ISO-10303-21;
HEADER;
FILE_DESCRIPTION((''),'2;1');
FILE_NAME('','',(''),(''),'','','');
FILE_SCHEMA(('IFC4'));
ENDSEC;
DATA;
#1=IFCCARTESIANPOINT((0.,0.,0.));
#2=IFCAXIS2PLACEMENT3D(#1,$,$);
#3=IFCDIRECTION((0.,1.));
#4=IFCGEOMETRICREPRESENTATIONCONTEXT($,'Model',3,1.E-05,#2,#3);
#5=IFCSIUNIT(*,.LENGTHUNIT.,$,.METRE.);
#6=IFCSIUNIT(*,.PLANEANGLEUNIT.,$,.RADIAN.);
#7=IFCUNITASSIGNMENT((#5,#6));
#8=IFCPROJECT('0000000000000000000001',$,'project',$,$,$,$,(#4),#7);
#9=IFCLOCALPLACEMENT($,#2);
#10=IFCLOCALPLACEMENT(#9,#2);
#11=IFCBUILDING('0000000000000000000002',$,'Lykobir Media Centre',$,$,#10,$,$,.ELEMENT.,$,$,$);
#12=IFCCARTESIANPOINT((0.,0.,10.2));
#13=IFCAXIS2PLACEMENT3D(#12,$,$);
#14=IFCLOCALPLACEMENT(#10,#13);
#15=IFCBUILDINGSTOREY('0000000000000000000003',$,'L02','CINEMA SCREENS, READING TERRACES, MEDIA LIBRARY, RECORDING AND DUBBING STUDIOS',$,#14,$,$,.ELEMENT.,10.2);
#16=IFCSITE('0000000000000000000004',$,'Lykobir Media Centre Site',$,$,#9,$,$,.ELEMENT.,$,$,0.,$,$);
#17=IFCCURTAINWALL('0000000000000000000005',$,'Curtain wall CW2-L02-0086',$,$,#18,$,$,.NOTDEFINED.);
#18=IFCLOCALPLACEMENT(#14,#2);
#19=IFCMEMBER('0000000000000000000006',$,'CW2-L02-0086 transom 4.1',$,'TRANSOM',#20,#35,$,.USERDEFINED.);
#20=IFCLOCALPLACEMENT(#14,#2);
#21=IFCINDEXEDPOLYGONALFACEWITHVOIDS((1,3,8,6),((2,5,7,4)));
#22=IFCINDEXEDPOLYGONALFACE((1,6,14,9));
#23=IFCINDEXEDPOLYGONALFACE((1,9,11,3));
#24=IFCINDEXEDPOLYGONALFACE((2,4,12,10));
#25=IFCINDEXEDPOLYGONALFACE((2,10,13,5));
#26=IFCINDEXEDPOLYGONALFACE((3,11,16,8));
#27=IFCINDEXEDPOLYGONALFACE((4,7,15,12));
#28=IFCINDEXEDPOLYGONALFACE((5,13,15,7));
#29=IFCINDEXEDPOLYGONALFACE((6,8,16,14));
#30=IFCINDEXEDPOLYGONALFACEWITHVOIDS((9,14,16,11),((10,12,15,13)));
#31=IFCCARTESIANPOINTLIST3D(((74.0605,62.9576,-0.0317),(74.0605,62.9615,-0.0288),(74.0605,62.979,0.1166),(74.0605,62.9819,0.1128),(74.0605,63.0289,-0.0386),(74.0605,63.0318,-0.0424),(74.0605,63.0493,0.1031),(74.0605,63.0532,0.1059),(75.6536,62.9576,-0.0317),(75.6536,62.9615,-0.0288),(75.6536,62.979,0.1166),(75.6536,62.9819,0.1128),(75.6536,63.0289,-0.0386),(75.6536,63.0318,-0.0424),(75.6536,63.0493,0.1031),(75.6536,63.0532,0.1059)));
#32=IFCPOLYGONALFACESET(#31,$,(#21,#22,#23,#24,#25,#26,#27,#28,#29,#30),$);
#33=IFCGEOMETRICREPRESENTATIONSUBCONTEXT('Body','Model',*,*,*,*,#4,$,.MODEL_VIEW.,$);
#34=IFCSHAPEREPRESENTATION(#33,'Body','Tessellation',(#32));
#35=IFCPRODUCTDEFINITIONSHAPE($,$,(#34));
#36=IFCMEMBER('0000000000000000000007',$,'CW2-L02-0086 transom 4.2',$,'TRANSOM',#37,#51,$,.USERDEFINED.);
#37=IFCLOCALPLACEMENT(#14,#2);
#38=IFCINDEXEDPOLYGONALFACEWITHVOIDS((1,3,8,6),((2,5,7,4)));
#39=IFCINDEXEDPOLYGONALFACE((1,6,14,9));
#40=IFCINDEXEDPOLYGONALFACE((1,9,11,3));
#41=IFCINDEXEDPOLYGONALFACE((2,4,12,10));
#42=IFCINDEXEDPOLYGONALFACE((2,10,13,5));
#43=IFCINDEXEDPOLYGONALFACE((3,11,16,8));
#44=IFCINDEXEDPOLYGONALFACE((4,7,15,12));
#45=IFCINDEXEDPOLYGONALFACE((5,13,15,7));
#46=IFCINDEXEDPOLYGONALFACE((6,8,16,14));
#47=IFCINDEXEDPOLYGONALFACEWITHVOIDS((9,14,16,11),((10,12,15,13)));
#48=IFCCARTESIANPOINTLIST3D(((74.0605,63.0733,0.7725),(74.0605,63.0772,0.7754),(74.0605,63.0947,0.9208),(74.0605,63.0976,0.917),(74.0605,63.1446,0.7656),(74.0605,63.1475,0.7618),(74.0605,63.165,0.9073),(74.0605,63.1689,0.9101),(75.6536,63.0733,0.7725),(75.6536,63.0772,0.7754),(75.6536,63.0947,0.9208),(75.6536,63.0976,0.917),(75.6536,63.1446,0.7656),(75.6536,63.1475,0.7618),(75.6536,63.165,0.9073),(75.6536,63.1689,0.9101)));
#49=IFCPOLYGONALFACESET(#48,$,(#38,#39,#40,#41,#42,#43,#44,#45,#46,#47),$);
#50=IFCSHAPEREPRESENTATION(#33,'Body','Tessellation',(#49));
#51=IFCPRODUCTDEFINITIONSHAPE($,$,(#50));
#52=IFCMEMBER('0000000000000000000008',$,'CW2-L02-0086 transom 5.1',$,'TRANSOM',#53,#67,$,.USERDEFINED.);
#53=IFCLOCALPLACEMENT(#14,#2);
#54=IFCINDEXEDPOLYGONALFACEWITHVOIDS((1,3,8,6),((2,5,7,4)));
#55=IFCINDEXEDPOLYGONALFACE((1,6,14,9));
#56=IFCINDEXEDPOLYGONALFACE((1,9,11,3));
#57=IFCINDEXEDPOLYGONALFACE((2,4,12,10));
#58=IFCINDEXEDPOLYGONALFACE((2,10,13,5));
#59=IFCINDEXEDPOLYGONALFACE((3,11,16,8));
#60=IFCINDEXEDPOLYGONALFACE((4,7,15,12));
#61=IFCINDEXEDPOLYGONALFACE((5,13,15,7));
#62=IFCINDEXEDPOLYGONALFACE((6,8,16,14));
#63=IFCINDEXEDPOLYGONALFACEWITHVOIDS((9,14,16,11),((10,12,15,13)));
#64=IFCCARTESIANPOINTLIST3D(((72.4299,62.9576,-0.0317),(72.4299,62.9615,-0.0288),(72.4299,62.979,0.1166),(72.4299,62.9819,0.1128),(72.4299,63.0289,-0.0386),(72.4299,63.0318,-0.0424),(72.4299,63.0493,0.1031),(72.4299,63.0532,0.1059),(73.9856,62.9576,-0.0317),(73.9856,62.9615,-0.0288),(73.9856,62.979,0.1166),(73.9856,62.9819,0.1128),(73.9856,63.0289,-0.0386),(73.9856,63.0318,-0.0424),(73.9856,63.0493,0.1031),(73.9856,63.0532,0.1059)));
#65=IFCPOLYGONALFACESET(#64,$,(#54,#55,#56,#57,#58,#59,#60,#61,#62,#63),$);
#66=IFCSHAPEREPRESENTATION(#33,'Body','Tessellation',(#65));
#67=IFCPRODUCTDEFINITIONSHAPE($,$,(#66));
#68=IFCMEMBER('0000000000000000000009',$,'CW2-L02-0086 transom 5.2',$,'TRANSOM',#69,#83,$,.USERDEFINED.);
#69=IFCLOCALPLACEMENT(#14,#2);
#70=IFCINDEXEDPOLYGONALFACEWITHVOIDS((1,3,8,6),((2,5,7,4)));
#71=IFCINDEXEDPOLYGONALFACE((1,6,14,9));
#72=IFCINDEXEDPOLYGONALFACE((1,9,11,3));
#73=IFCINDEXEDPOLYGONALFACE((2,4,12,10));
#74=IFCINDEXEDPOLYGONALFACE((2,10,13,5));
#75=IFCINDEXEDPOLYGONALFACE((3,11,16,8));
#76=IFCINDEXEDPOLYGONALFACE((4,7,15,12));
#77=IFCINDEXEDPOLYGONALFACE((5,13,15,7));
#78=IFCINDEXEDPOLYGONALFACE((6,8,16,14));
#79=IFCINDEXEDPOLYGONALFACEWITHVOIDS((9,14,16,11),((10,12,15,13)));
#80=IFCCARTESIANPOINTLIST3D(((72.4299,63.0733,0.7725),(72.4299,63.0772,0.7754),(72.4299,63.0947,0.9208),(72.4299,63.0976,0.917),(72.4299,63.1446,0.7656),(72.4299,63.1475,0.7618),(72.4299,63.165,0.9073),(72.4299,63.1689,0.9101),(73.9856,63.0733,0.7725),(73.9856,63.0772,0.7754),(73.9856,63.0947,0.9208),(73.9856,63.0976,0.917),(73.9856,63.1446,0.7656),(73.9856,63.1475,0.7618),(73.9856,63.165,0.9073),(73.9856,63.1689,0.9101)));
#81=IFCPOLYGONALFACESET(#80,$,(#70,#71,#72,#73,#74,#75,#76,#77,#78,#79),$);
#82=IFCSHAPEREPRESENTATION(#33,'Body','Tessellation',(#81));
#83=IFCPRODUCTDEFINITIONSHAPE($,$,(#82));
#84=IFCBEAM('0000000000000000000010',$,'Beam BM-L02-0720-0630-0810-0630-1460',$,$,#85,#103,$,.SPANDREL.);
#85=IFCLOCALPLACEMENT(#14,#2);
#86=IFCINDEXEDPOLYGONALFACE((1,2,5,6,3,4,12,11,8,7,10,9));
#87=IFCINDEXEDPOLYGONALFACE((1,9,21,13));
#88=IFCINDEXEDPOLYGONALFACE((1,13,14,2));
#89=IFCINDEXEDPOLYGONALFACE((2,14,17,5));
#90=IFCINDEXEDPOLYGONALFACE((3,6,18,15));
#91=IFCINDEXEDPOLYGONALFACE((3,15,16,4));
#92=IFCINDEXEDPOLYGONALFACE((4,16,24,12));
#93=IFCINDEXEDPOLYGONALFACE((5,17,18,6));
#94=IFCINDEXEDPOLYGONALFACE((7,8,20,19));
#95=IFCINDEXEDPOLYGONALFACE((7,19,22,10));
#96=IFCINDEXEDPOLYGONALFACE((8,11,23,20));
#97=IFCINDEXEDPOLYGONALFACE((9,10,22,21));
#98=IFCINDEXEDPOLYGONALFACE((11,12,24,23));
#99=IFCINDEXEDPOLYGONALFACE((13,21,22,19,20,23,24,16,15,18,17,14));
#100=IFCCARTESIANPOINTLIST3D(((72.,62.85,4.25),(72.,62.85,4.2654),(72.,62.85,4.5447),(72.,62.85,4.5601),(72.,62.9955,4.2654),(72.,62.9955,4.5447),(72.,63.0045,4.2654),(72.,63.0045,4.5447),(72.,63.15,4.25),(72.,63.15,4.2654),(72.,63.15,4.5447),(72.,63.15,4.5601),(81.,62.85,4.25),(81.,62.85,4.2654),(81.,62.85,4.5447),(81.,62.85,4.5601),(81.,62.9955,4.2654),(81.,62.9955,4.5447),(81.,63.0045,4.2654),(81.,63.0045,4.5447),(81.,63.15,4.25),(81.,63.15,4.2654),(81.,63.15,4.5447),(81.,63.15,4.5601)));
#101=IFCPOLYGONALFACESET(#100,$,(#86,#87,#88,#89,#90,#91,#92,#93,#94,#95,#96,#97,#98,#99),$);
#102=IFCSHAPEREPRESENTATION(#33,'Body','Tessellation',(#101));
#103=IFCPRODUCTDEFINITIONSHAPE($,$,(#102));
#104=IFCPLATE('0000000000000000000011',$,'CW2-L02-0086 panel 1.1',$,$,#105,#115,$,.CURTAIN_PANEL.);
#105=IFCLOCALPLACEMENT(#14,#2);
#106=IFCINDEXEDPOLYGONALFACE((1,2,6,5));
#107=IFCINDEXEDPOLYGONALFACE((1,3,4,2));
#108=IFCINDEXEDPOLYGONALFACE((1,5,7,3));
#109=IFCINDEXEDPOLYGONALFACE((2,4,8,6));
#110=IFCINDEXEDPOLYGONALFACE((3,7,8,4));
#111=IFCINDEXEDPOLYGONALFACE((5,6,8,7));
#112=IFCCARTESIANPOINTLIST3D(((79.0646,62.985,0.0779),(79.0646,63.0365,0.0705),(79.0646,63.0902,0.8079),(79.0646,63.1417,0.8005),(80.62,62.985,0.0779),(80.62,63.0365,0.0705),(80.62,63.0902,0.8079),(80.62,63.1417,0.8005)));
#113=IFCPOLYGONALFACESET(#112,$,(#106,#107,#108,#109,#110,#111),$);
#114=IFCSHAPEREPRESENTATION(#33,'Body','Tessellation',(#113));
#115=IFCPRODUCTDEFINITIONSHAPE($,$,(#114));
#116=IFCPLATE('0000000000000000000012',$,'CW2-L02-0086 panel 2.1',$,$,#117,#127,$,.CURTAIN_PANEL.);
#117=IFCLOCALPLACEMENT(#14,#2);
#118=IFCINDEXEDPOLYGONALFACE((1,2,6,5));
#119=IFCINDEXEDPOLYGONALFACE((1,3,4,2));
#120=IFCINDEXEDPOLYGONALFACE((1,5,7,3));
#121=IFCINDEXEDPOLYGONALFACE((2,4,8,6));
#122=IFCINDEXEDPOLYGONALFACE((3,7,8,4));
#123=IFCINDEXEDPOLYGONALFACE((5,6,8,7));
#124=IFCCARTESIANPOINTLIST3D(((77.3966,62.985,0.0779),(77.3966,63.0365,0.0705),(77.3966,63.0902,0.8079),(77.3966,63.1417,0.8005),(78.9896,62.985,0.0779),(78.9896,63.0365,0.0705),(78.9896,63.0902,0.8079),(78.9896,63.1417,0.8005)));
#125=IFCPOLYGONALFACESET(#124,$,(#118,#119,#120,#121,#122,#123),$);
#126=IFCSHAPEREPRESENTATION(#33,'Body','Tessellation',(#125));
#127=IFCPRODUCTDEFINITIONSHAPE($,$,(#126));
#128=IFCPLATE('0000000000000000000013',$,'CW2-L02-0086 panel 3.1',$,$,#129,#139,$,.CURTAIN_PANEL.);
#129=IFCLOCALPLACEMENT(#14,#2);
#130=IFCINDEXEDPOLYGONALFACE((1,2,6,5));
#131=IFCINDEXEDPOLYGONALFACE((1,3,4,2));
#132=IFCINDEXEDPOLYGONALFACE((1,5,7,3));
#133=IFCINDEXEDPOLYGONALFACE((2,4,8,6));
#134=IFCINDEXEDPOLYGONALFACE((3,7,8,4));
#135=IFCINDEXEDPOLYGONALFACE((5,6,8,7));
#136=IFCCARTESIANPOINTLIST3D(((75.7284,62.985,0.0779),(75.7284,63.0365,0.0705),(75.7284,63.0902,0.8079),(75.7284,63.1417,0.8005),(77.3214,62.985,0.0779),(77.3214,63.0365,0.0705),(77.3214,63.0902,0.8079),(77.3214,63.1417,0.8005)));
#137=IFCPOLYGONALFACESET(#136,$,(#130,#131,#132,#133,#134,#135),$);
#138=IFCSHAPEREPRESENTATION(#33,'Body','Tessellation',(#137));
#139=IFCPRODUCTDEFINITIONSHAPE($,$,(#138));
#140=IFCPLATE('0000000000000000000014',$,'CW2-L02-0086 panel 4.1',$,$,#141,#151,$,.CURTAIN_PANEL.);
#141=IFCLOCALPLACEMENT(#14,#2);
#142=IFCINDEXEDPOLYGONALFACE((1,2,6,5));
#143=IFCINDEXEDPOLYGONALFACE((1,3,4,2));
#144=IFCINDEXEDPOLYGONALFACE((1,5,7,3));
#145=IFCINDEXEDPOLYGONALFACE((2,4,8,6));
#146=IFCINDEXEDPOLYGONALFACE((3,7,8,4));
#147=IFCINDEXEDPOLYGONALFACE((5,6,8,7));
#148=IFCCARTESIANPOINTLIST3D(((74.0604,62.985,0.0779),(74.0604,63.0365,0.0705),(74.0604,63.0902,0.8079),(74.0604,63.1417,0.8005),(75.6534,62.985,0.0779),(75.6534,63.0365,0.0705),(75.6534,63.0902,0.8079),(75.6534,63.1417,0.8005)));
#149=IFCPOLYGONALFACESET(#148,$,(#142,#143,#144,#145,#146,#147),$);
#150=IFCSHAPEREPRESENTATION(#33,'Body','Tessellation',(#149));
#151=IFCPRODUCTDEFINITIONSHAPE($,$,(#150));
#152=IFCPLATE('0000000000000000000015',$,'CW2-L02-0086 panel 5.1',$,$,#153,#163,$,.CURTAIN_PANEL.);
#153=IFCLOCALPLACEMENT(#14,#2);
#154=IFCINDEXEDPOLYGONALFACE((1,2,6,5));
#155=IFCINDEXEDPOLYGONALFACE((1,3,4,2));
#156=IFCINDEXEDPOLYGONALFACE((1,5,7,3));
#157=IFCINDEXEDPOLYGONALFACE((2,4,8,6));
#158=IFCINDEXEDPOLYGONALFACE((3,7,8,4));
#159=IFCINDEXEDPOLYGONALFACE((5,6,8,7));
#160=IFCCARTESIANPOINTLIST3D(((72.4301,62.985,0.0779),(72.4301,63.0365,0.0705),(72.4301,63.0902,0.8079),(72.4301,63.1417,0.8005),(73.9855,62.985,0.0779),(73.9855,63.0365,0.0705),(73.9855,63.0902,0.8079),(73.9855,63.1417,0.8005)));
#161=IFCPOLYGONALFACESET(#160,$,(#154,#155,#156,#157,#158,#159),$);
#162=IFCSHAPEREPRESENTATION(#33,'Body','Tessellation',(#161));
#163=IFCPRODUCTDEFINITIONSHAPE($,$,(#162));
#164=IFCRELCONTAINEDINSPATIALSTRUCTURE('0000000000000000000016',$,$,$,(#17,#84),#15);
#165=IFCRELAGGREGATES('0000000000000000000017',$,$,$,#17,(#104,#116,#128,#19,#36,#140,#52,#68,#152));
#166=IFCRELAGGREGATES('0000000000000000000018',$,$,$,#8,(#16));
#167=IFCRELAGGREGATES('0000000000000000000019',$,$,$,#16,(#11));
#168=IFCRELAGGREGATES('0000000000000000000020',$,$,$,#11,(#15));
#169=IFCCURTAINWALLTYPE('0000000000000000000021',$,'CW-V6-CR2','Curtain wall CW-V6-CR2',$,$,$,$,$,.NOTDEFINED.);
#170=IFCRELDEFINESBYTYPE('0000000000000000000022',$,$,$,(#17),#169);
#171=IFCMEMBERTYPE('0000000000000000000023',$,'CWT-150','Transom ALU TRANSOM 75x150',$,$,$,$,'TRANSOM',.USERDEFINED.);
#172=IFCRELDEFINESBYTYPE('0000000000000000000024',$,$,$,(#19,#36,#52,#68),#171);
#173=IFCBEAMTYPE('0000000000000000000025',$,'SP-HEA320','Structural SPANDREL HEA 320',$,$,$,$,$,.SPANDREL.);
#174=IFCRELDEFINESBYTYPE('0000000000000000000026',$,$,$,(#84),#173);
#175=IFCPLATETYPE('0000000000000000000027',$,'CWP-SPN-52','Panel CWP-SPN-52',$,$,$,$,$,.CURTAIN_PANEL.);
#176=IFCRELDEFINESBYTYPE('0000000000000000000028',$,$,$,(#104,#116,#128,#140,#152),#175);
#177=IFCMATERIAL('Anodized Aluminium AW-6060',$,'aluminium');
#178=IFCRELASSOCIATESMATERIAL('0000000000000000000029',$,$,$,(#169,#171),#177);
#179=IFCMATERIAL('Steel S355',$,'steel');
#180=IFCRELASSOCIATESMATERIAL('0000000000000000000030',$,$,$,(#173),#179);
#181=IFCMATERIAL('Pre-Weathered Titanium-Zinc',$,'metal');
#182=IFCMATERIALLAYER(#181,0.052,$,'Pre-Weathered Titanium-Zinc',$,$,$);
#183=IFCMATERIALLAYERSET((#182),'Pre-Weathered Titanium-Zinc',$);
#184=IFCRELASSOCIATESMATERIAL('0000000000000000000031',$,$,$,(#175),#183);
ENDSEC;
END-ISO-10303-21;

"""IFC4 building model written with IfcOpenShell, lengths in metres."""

from ifc_helpers import new_model, si_unit, direction, frame, origin, origin_2d, place, context, subcontext, project, spatial, rectangle, hollow_rectangle, i_section, extrude, material, layer, layer_set, material_profile, profile_set, type_object, element, aggregate, save


model = new_model("IFC4")

# Units and contexts
model_context = context("Model", 3, precision=1e-05, world=origin(), true_north=direction((0.0, 1.0)))
body_context = subcontext(model_context, "Body", "Model", "MODEL_VIEW")
ifc_project = project(units=[si_unit("LENGTHUNIT", "METRE"), si_unit("PLANEANGLEUNIT", "RADIAN")], contexts=[model_context])

# Site, building, storey
site_placement = place(None, origin())
site = spatial("IfcSite", under=ifc_project, at=site_placement, Name="Lykobir Media Centre Site", CompositionType="ELEMENT", RefElevation=0.0)
building_placement = place(site_placement, origin())
building = spatial("IfcBuilding", under=site, at=building_placement, Name="Lykobir Media Centre", CompositionType="ELEMENT")
storey_placement = place(building_placement, frame((0.0, 0.0, 10.2)))
storey = spatial("IfcBuildingStorey", under=building, at=storey_placement, Name="L02", Description="CINEMA SCREENS, READING TERRACES, MEDIA LIBRARY, RECORDING AND DUBBING STUDIOS", CompositionType="ELEMENT", Elevation=10.2)

# Shared definitions
ifc_material_1 = material(Name="Anodized Aluminium AW-6060", Category="aluminium")
curtain_wall_type = type_object("IfcCurtainWallType", Name="CW-V6-CR2", Description="Curtain wall CW-V6-CR2", PredefinedType="NOTDEFINED", material=ifc_material_1)

# Curtain wall
curtain_wall_1_placement = place(storey_placement, origin())
curtain_wall_1 = element("IfcCurtainWall", 1, at=curtain_wall_1_placement, inside=storey, type_object=curtain_wall_type, Name="Curtain wall CW2-L02-0086", PredefinedType="NOTDEFINED")

# Members
ifc_material_profile_1 = material_profile(ifc_material_1, hollow_rectangle(XDim=0.075, YDim=0.1499, WallThickness=0.0034, at=origin_2d()), Name="ALU TRANSOM 75x150")
ifc_profile_set_1 = profile_set([ifc_material_profile_1], Name="Anodized Aluminium AW-6060")
member_type_1 = type_object("IfcMemberType", Name="CWT-150", Description="Transom ALU TRANSOM 75x150", ElementType="TRANSOM", PredefinedType="USERDEFINED", material=ifc_profile_set_1)
member_1_placement = place(storey_placement, frame((75.6536, 63.0054, 0.0371), z_axis=(-1.0, 0.0, 0.0), x_axis=(0.0, -0.989776, 0.142629)))
member_1 = element("IfcMember", 2, at=member_1_placement, type_object=member_type_1, Name="CW2-L02-0086 transom 4.1", ObjectType="TRANSOM", PredefinedType="USERDEFINED", context=body_context, shape_type="SweptSolid", body=[
    extrude(hollow_rectangle(XDim=0.075, YDim=0.1499, WallThickness=0.0034, at=origin_2d()), origin(), (0.0, 0.0, 1.0), 1.593),
])
member_2_placement = place(storey_placement, frame((75.6536, 63.1211, 0.8413), z_axis=(-1.0, 0.0, 0.0), x_axis=(0.0, -0.989776, 0.142629)))
member_2 = element("IfcMember", 3, at=member_2_placement, type_object=member_type_1, Name="CW2-L02-0086 transom 4.2", ObjectType="TRANSOM", PredefinedType="USERDEFINED", context=body_context, shape_type="SweptSolid", body=[
    extrude(hollow_rectangle(XDim=0.075, YDim=0.1499, WallThickness=0.0034, at=origin_2d()), origin(), (0.0, 0.0, 1.0), 1.593),
])
member_3_placement = place(storey_placement, frame((73.9856, 63.0054, 0.0371), z_axis=(-1.0, 0.0, 0.0), x_axis=(0.0, -0.989776, 0.142629)))
member_3 = element("IfcMember", 4, at=member_3_placement, type_object=member_type_1, Name="CW2-L02-0086 transom 5.1", ObjectType="TRANSOM", PredefinedType="USERDEFINED", context=body_context, shape_type="SweptSolid", body=[
    extrude(hollow_rectangle(XDim=0.075, YDim=0.1499, WallThickness=0.0034, at=origin_2d()), origin(), (0.0, 0.0, 1.0), 1.5557),
])
member_4_placement = place(storey_placement, frame((73.9856, 63.1211, 0.8413), z_axis=(-1.0, 0.0, 0.0), x_axis=(0.0, -0.989776, 0.142629)))
member_4 = element("IfcMember", 5, at=member_4_placement, type_object=member_type_1, Name="CW2-L02-0086 transom 5.2", ObjectType="TRANSOM", PredefinedType="USERDEFINED", context=body_context, shape_type="SweptSolid", body=[
    extrude(hollow_rectangle(XDim=0.075, YDim=0.1499, WallThickness=0.0034, at=origin_2d()), origin(), (0.0, 0.0, 1.0), 1.5557),
])

# Beam
ifc_material_2 = material(Name="Steel S355", Category="steel")
ifc_material_profile_2 = material_profile(ifc_material_2, i_section(OverallWidth=0.3, OverallDepth=0.3101, WebThickness=0.009, FlangeThickness=0.0154, at=origin_2d()), Name="HEA 320")
ifc_profile_set_2 = profile_set([ifc_material_profile_2], Name="Steel S355")
beam_type = type_object("IfcBeamType", Name="SP-HEA320", Description="Structural SPANDREL HEA 320", PredefinedType="SPANDREL", material=ifc_profile_set_2)
beam_placement = place(storey_placement, frame((72.0, 63.0, 4.405), z_axis=(1.0, 0.0, 0.0), x_axis=(0.0, 1.0, 0.0)))
element("IfcBeam", 6, at=beam_placement, inside=storey, type_object=beam_type, Name="Beam BM-L02-0720-0630-0810-0630-1460", PredefinedType="SPANDREL", context=body_context, shape_type="SweptSolid", body=[
    extrude(i_section(OverallWidth=0.3, OverallDepth=0.3101, WebThickness=0.009, FlangeThickness=0.0154, at=origin_2d()), origin(), (0.0, 0.0, 1.0), 9.0),
])

# Plates
ifc_material_3 = material(Name="Pre-Weathered Titanium-Zinc", Category="metal")
ifc_layer = layer(ifc_material_3, 0.052, Name="Pre-Weathered Titanium-Zinc")
ifc_layer_set = layer_set([ifc_layer], Name="Pre-Weathered Titanium-Zinc")
plate_type = type_object("IfcPlateType", Name="CWP-SPN-52", Description="Panel CWP-SPN-52", PredefinedType="CURTAIN_PANEL", material=ifc_layer_set)
plate_1_placement = place(storey_placement, frame((79.8423, 63.0107, 0.0742), z_axis=(0.0, 0.142629, 0.989776), x_axis=(-1.0, 0.0, 0.0)))
plate_1 = element("IfcPlate", 7, at=plate_1_placement, type_object=plate_type, Name="CW2-L02-0086 panel 1.1", PredefinedType="CURTAIN_PANEL", context=body_context, shape_type="SweptSolid", body=[
    extrude(rectangle(XDim=1.5554, YDim=0.052, at=origin_2d()), origin(), (0.0, 0.0, 1.0), 0.7375),
])
plate_2_placement = place(storey_placement, frame((78.1931, 63.0107, 0.0742), z_axis=(0.0, 0.142629, 0.989776), x_axis=(-1.0, 0.0, 0.0)))
plate_2 = element("IfcPlate", 8, at=plate_2_placement, type_object=plate_type, Name="CW2-L02-0086 panel 2.1", PredefinedType="CURTAIN_PANEL", context=body_context, shape_type="SweptSolid", body=[
    extrude(rectangle(XDim=1.593, YDim=0.052, at=origin_2d()), origin(), (0.0, 0.0, 1.0), 0.7375),
])
plate_3_placement = place(storey_placement, frame((76.5249, 63.0107, 0.0742), z_axis=(0.0, 0.142629, 0.989776), x_axis=(-1.0, 0.0, 0.0)))
plate_3 = element("IfcPlate", 9, at=plate_3_placement, type_object=plate_type, Name="CW2-L02-0086 panel 3.1", PredefinedType="CURTAIN_PANEL", context=body_context, shape_type="SweptSolid", body=[
    extrude(rectangle(XDim=1.593, YDim=0.052, at=origin_2d()), origin(), (0.0, 0.0, 1.0), 0.7375),
])
plate_4_placement = place(storey_placement, frame((74.8569, 63.0107, 0.0742), z_axis=(0.0, 0.142629, 0.989776), x_axis=(-1.0, 0.0, 0.0)))
plate_4 = element("IfcPlate", 10, at=plate_4_placement, type_object=plate_type, Name="CW2-L02-0086 panel 4.1", PredefinedType="CURTAIN_PANEL", context=body_context, shape_type="SweptSolid", body=[
    extrude(rectangle(XDim=1.593, YDim=0.052, at=origin_2d()), origin(), (0.0, 0.0, 1.0), 0.7375),
])
plate_5_placement = place(storey_placement, frame((73.2078, 63.0107, 0.0742), z_axis=(0.0, 0.142629, 0.989776), x_axis=(-1.0, 0.0, 0.0)))
plate_5 = element("IfcPlate", 11, at=plate_5_placement, type_object=plate_type, Name="CW2-L02-0086 panel 5.1", PredefinedType="CURTAIN_PANEL", context=body_context, shape_type="SweptSolid", body=[
    extrude(rectangle(XDim=1.5554, YDim=0.052, at=origin_2d()), origin(), (0.0, 0.0, 1.0), 0.7375),
])
aggregate(curtain_wall_1, [plate_1, plate_2, plate_3, member_1, member_2, plate_4, member_3, member_4, plate_5])

save(model, "model.ifc")
